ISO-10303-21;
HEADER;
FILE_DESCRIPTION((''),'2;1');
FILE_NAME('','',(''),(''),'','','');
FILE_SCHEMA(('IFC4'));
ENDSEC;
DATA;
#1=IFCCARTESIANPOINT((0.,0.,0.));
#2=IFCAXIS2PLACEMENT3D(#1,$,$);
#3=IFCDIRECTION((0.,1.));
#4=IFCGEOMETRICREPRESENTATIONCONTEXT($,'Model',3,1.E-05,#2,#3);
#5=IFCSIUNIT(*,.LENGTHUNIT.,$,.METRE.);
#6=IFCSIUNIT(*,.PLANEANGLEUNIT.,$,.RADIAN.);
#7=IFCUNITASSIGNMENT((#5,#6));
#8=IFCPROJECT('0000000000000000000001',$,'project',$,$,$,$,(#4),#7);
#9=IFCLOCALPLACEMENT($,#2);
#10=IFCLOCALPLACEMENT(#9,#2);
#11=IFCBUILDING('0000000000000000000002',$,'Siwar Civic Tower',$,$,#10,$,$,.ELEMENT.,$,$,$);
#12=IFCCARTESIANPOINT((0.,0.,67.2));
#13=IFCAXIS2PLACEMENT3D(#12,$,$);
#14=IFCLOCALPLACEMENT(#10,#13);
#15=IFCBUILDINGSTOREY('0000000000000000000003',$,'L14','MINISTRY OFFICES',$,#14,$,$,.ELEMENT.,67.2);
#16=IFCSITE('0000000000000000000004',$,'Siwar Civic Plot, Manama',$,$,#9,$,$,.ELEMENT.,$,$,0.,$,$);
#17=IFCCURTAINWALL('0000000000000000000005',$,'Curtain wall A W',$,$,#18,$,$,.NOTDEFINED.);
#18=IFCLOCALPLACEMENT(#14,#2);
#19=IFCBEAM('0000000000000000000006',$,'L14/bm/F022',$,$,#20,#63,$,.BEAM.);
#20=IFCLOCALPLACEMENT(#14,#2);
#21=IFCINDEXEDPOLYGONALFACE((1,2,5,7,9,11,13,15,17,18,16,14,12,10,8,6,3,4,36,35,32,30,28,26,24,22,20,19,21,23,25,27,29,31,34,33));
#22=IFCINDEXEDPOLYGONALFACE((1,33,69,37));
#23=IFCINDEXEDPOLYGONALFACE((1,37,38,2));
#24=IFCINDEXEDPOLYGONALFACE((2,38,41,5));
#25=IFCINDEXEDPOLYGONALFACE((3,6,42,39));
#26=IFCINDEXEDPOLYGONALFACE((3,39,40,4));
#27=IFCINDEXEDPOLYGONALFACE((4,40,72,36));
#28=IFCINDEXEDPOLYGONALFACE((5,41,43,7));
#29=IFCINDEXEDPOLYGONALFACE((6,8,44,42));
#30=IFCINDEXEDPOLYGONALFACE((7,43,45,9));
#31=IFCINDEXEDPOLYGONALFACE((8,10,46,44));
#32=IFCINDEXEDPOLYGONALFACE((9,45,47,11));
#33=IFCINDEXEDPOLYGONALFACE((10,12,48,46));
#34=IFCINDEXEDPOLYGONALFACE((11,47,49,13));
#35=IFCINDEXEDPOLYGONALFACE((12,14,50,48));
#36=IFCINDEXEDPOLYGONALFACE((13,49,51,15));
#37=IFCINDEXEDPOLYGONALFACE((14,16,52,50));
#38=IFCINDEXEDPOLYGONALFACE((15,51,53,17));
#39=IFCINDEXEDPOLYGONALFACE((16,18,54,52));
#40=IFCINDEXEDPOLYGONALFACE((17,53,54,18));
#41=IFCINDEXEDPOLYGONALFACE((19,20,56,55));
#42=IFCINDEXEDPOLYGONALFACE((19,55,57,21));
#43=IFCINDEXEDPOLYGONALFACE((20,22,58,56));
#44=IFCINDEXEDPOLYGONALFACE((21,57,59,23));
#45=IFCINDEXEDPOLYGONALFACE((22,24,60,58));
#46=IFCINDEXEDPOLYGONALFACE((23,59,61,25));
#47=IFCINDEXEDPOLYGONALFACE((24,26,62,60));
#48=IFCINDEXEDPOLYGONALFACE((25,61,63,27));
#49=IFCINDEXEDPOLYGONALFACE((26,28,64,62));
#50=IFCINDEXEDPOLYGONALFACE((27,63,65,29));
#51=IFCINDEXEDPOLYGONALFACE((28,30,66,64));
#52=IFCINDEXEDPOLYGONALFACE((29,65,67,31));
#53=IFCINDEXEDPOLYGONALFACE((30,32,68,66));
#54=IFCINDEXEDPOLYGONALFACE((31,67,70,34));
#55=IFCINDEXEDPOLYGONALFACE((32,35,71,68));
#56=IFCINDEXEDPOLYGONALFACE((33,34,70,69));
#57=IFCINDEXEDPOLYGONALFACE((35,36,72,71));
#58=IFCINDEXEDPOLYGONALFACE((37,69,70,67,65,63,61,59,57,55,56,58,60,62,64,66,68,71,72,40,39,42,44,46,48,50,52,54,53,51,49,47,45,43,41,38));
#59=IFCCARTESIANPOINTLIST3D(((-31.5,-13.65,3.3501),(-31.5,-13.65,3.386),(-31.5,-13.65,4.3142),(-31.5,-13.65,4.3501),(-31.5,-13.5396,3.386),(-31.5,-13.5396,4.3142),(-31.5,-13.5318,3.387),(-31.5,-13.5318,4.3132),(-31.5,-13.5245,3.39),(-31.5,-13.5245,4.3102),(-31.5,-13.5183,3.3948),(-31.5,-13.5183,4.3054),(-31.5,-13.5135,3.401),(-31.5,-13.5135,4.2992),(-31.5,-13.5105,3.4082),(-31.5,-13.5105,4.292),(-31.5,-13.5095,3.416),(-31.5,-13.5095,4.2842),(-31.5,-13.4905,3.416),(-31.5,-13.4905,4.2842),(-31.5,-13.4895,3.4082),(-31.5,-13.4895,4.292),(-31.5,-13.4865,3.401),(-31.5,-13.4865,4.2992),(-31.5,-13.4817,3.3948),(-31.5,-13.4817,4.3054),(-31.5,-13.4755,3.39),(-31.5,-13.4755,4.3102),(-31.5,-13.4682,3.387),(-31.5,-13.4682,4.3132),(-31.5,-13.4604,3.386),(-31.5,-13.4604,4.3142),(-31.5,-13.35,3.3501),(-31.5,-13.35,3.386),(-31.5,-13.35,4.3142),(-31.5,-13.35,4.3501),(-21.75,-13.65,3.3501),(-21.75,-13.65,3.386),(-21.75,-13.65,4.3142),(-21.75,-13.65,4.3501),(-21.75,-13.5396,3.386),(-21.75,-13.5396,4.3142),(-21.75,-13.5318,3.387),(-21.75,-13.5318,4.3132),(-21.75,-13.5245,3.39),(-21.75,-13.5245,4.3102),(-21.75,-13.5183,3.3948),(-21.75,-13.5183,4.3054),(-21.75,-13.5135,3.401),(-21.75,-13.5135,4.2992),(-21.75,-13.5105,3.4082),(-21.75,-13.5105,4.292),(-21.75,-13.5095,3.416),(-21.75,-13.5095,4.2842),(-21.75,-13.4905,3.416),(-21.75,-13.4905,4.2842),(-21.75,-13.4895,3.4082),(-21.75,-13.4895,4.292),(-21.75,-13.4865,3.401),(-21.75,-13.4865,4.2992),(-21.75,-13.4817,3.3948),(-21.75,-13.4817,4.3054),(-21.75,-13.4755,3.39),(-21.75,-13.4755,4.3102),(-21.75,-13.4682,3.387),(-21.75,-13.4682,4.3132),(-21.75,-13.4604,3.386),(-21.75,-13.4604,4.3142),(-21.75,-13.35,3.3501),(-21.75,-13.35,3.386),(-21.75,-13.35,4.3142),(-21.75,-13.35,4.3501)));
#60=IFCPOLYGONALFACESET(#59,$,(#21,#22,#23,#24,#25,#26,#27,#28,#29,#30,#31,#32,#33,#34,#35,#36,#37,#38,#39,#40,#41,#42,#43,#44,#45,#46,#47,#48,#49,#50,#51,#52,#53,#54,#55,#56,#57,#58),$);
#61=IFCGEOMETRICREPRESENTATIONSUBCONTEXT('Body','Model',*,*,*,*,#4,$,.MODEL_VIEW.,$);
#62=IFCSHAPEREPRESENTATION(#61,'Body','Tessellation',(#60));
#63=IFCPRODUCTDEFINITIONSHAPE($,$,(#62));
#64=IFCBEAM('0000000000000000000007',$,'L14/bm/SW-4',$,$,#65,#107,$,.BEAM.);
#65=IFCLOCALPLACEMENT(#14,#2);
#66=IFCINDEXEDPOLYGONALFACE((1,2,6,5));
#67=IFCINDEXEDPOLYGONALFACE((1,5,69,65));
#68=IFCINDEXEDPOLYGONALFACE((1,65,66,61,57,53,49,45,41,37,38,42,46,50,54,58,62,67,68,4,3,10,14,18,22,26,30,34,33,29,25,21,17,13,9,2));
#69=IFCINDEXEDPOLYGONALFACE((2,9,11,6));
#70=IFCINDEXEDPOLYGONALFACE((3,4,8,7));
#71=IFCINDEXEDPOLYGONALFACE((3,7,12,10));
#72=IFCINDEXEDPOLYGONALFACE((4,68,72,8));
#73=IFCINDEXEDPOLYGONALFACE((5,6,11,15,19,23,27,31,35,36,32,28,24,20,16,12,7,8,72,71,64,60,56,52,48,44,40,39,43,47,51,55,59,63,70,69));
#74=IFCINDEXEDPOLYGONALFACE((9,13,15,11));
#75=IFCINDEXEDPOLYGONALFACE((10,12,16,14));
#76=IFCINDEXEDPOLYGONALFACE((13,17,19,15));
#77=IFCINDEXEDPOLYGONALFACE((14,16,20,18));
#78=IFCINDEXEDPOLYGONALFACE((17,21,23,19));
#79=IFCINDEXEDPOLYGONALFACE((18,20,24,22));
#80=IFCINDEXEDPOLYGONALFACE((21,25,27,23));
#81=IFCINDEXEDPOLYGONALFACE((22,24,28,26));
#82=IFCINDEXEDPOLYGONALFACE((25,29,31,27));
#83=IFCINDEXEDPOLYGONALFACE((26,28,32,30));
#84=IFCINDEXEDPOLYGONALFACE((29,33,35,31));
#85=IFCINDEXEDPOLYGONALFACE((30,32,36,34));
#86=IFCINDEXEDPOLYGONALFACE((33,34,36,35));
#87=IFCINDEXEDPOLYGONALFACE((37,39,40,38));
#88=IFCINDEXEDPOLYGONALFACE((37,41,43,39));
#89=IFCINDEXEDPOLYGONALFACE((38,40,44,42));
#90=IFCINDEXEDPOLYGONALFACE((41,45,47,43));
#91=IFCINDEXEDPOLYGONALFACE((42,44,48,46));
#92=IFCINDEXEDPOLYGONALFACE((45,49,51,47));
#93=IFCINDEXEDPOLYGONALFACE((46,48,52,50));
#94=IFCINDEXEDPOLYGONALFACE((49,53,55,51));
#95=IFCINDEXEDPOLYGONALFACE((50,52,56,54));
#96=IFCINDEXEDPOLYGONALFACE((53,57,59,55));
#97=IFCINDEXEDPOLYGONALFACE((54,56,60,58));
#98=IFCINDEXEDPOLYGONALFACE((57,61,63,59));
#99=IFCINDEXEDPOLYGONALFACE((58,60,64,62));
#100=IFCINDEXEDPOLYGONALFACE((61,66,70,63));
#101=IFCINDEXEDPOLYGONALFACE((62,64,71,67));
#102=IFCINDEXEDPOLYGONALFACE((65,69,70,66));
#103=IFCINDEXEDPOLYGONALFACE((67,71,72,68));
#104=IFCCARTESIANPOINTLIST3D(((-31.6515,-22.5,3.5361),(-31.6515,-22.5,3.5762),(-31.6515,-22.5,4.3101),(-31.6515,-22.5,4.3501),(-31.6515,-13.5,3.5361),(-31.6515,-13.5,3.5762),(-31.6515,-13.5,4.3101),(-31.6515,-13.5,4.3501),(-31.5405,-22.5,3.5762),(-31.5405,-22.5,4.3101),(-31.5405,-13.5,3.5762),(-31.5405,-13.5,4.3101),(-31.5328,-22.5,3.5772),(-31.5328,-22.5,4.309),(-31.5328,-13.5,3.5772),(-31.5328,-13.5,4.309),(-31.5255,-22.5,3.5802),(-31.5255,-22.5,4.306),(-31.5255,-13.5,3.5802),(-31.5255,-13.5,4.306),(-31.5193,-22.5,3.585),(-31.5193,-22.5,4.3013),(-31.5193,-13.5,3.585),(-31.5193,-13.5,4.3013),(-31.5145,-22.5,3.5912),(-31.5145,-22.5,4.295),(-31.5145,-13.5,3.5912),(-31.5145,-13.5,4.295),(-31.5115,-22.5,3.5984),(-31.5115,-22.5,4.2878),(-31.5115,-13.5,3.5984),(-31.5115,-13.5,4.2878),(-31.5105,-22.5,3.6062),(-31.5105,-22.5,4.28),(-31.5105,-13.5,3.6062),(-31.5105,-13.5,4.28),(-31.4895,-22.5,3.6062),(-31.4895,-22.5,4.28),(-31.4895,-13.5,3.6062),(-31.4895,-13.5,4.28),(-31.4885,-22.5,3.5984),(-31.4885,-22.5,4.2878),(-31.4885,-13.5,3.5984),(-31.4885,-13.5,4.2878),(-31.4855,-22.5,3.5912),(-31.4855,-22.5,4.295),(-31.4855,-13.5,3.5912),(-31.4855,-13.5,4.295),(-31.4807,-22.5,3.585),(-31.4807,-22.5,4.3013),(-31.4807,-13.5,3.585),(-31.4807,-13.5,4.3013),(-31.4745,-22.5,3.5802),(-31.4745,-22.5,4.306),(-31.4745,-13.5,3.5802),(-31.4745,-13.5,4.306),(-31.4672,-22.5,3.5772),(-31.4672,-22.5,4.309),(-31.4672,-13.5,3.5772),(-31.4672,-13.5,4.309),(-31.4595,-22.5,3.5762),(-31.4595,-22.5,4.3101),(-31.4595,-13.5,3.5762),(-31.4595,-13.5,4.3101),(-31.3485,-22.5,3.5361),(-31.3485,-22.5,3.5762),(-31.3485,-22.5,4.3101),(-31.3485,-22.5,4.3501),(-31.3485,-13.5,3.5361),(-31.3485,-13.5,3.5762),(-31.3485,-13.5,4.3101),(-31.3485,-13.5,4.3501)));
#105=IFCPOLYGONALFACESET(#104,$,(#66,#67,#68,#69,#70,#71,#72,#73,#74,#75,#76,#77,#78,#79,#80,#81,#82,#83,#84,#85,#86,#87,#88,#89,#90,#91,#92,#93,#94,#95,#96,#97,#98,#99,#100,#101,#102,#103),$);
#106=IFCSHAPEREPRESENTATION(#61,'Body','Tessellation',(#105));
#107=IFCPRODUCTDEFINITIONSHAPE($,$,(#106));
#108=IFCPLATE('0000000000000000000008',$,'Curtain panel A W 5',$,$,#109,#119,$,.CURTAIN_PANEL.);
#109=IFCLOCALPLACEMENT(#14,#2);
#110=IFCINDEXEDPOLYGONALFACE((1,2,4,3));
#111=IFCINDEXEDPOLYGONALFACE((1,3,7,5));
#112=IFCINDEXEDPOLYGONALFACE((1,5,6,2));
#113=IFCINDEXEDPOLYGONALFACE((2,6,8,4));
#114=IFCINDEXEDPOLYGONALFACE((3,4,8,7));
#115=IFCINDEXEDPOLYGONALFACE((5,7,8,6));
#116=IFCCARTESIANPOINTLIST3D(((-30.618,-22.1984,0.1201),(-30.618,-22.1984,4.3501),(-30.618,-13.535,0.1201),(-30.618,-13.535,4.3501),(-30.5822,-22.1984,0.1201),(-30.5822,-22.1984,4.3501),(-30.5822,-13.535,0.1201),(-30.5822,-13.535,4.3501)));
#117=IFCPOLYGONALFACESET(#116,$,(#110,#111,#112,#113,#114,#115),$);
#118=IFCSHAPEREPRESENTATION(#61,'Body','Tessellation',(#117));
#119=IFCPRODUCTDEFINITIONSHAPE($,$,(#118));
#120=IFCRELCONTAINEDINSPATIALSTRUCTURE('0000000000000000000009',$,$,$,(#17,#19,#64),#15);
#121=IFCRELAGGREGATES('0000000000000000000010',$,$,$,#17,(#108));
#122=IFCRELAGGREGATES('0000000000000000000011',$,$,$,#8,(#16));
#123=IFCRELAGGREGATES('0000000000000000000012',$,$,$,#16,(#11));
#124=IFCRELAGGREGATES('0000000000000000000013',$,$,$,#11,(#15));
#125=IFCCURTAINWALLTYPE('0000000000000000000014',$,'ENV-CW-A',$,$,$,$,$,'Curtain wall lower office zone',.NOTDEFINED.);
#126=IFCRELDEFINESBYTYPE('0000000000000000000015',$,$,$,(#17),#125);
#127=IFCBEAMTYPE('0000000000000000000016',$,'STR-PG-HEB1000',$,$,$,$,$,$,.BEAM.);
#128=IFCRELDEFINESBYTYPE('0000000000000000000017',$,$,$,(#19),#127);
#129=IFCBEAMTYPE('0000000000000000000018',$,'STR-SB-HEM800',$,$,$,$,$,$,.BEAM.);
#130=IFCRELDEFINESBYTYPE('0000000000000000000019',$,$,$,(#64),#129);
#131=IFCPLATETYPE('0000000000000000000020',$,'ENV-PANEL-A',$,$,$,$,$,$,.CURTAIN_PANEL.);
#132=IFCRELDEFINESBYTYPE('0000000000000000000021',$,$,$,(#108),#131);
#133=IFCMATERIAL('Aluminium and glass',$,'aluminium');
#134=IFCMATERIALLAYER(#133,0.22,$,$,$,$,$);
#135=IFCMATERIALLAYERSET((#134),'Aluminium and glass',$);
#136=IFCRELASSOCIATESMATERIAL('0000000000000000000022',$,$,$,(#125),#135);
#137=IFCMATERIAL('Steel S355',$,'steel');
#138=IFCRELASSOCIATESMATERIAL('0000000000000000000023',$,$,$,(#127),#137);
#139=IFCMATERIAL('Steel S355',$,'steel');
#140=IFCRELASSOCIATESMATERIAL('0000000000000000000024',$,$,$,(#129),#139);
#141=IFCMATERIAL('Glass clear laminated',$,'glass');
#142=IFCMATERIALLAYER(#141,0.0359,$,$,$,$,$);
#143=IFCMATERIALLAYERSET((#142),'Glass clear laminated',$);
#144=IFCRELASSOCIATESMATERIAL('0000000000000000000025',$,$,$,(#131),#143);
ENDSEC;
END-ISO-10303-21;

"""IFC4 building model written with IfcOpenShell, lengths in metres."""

from ifc_helpers import new_model, si_unit, direction, frame, origin, origin_2d, place, context, subcontext, project, spatial, rectangle, i_section, extrude, material, layer, layer_set, material_profile, profile_set, type_object, element, aggregate, save


model = new_model("IFC4")

# Units and contexts
model_context = context("Model", 3, precision=1e-05, world=origin(), true_north=direction((0.0, 1.0)))
body_context = subcontext(model_context, "Body", "Model", "MODEL_VIEW")
ifc_project = project(units=[si_unit("LENGTHUNIT", "METRE"), si_unit("PLANEANGLEUNIT", "RADIAN")], contexts=[model_context])

# Site, building, storey
site_placement = place(None, origin())
site = spatial("IfcSite", under=ifc_project, at=site_placement, Name="Siwar Civic Plot, Manama", CompositionType="ELEMENT", RefElevation=0.0)
building_placement = place(site_placement, origin())
building = spatial("IfcBuilding", under=site, at=building_placement, Name="Siwar Civic Tower", CompositionType="ELEMENT")
storey_placement = place(building_placement, frame((0.0, 0.0, 67.2)))
storey = spatial("IfcBuildingStorey", under=building, at=storey_placement, Name="L14", Description="MINISTRY OFFICES", CompositionType="ELEMENT", Elevation=67.2)

# Curtain wall
ifc_material_1 = material(Name="Aluminium and glass", Category="aluminium")
ifc_layer_1 = layer(ifc_material_1, 0.22)
ifc_layer_set_1 = layer_set([ifc_layer_1], Name="Aluminium and glass")
curtain_wall_type = type_object("IfcCurtainWallType", Name="ENV-CW-A", ElementType="Curtain wall lower office zone", PredefinedType="NOTDEFINED", material=ifc_layer_set_1)
curtain_wall_placement = place(storey_placement, origin())
curtain_wall = element("IfcCurtainWall", 1, at=curtain_wall_placement, inside=storey, type_object=curtain_wall_type, Name="Curtain wall A W", PredefinedType="NOTDEFINED")

# Beams
ifc_material_2 = material(Name="Steel S355", Category="steel")
ifc_material_profile_1 = material_profile(ifc_material_2, i_section(OverallWidth=0.3, OverallDepth=1.0, WebThickness=0.019, FlangeThickness=0.0359, FilletRadius=0.03, at=origin_2d()), Name="HEB1000")
ifc_profile_set_1 = profile_set([ifc_material_profile_1], Name="Steel S355")
beam_type_1 = type_object("IfcBeamType", Name="STR-PG-HEB1000", PredefinedType="BEAM", material=ifc_profile_set_1)
beam_1_placement = place(storey_placement, frame((-31.5, -13.5, 3.8501), z_axis=(1.0, 0.0, 0.0), x_axis=(0.0, 1.0, 0.0)))
element("IfcBeam", 2, at=beam_1_placement, inside=storey, type_object=beam_type_1, Name="L14/bm/F022", PredefinedType="BEAM", context=body_context, shape_type="SweptSolid", body=[
    extrude(i_section(OverallWidth=0.3, OverallDepth=1.0, WebThickness=0.019, FlangeThickness=0.0359, FilletRadius=0.03, at=origin_2d()), origin(), (0.0, 0.0, 1.0), 9.75),
])
ifc_material_3 = material(Name="Steel S355", Category="steel")
ifc_material_profile_2 = material_profile(ifc_material_3, i_section(OverallWidth=0.303, OverallDepth=0.814, WebThickness=0.021, FlangeThickness=0.04, FilletRadius=0.03, at=origin_2d()), Name="HEM800")
ifc_profile_set_2 = profile_set([ifc_material_profile_2], Name="Steel S355")
beam_type_2 = type_object("IfcBeamType", Name="STR-SB-HEM800", PredefinedType="BEAM", material=ifc_profile_set_2)
beam_2_placement = place(storey_placement, frame((-31.5, -13.5, 3.9431), z_axis=(0.0, -1.0, 0.0), x_axis=(1.0, 0.0, 0.0)))
element("IfcBeam", 3, at=beam_2_placement, inside=storey, type_object=beam_type_2, Name="L14/bm/SW-4", PredefinedType="BEAM", context=body_context, shape_type="SweptSolid", body=[
    extrude(i_section(OverallWidth=0.303, OverallDepth=0.814, WebThickness=0.021, FlangeThickness=0.04, FilletRadius=0.03, at=origin_2d()), origin(), (0.0, 0.0, 1.0), 9.0),
])

# Plate
ifc_material_4 = material(Name="Glass clear laminated", Category="glass")
ifc_layer_2 = layer(ifc_material_4, 0.0359)
ifc_layer_set_2 = layer_set([ifc_layer_2], Name="Glass clear laminated")
plate_type = type_object("IfcPlateType", Name="ENV-PANEL-A", PredefinedType="CURTAIN_PANEL", material=ifc_layer_set_2)
plate_placement = place(storey_placement, frame((-30.6001, -17.8667, 0.1201), z_axis=(0.0, 0.0, 1.0), x_axis=(0.0, -1.0, 0.0)))
plate = element("IfcPlate", 4, at=plate_placement, type_object=plate_type, Name="Curtain panel A W 5", PredefinedType="CURTAIN_PANEL", context=body_context, shape_type="SweptSolid", body=[
    extrude(rectangle(XDim=8.6633, YDim=0.0359, at=origin_2d()), origin(), (0.0, 0.0, 1.0), 4.23),
])
aggregate(curtain_wall, [plate])

save(model, "model.ifc")
